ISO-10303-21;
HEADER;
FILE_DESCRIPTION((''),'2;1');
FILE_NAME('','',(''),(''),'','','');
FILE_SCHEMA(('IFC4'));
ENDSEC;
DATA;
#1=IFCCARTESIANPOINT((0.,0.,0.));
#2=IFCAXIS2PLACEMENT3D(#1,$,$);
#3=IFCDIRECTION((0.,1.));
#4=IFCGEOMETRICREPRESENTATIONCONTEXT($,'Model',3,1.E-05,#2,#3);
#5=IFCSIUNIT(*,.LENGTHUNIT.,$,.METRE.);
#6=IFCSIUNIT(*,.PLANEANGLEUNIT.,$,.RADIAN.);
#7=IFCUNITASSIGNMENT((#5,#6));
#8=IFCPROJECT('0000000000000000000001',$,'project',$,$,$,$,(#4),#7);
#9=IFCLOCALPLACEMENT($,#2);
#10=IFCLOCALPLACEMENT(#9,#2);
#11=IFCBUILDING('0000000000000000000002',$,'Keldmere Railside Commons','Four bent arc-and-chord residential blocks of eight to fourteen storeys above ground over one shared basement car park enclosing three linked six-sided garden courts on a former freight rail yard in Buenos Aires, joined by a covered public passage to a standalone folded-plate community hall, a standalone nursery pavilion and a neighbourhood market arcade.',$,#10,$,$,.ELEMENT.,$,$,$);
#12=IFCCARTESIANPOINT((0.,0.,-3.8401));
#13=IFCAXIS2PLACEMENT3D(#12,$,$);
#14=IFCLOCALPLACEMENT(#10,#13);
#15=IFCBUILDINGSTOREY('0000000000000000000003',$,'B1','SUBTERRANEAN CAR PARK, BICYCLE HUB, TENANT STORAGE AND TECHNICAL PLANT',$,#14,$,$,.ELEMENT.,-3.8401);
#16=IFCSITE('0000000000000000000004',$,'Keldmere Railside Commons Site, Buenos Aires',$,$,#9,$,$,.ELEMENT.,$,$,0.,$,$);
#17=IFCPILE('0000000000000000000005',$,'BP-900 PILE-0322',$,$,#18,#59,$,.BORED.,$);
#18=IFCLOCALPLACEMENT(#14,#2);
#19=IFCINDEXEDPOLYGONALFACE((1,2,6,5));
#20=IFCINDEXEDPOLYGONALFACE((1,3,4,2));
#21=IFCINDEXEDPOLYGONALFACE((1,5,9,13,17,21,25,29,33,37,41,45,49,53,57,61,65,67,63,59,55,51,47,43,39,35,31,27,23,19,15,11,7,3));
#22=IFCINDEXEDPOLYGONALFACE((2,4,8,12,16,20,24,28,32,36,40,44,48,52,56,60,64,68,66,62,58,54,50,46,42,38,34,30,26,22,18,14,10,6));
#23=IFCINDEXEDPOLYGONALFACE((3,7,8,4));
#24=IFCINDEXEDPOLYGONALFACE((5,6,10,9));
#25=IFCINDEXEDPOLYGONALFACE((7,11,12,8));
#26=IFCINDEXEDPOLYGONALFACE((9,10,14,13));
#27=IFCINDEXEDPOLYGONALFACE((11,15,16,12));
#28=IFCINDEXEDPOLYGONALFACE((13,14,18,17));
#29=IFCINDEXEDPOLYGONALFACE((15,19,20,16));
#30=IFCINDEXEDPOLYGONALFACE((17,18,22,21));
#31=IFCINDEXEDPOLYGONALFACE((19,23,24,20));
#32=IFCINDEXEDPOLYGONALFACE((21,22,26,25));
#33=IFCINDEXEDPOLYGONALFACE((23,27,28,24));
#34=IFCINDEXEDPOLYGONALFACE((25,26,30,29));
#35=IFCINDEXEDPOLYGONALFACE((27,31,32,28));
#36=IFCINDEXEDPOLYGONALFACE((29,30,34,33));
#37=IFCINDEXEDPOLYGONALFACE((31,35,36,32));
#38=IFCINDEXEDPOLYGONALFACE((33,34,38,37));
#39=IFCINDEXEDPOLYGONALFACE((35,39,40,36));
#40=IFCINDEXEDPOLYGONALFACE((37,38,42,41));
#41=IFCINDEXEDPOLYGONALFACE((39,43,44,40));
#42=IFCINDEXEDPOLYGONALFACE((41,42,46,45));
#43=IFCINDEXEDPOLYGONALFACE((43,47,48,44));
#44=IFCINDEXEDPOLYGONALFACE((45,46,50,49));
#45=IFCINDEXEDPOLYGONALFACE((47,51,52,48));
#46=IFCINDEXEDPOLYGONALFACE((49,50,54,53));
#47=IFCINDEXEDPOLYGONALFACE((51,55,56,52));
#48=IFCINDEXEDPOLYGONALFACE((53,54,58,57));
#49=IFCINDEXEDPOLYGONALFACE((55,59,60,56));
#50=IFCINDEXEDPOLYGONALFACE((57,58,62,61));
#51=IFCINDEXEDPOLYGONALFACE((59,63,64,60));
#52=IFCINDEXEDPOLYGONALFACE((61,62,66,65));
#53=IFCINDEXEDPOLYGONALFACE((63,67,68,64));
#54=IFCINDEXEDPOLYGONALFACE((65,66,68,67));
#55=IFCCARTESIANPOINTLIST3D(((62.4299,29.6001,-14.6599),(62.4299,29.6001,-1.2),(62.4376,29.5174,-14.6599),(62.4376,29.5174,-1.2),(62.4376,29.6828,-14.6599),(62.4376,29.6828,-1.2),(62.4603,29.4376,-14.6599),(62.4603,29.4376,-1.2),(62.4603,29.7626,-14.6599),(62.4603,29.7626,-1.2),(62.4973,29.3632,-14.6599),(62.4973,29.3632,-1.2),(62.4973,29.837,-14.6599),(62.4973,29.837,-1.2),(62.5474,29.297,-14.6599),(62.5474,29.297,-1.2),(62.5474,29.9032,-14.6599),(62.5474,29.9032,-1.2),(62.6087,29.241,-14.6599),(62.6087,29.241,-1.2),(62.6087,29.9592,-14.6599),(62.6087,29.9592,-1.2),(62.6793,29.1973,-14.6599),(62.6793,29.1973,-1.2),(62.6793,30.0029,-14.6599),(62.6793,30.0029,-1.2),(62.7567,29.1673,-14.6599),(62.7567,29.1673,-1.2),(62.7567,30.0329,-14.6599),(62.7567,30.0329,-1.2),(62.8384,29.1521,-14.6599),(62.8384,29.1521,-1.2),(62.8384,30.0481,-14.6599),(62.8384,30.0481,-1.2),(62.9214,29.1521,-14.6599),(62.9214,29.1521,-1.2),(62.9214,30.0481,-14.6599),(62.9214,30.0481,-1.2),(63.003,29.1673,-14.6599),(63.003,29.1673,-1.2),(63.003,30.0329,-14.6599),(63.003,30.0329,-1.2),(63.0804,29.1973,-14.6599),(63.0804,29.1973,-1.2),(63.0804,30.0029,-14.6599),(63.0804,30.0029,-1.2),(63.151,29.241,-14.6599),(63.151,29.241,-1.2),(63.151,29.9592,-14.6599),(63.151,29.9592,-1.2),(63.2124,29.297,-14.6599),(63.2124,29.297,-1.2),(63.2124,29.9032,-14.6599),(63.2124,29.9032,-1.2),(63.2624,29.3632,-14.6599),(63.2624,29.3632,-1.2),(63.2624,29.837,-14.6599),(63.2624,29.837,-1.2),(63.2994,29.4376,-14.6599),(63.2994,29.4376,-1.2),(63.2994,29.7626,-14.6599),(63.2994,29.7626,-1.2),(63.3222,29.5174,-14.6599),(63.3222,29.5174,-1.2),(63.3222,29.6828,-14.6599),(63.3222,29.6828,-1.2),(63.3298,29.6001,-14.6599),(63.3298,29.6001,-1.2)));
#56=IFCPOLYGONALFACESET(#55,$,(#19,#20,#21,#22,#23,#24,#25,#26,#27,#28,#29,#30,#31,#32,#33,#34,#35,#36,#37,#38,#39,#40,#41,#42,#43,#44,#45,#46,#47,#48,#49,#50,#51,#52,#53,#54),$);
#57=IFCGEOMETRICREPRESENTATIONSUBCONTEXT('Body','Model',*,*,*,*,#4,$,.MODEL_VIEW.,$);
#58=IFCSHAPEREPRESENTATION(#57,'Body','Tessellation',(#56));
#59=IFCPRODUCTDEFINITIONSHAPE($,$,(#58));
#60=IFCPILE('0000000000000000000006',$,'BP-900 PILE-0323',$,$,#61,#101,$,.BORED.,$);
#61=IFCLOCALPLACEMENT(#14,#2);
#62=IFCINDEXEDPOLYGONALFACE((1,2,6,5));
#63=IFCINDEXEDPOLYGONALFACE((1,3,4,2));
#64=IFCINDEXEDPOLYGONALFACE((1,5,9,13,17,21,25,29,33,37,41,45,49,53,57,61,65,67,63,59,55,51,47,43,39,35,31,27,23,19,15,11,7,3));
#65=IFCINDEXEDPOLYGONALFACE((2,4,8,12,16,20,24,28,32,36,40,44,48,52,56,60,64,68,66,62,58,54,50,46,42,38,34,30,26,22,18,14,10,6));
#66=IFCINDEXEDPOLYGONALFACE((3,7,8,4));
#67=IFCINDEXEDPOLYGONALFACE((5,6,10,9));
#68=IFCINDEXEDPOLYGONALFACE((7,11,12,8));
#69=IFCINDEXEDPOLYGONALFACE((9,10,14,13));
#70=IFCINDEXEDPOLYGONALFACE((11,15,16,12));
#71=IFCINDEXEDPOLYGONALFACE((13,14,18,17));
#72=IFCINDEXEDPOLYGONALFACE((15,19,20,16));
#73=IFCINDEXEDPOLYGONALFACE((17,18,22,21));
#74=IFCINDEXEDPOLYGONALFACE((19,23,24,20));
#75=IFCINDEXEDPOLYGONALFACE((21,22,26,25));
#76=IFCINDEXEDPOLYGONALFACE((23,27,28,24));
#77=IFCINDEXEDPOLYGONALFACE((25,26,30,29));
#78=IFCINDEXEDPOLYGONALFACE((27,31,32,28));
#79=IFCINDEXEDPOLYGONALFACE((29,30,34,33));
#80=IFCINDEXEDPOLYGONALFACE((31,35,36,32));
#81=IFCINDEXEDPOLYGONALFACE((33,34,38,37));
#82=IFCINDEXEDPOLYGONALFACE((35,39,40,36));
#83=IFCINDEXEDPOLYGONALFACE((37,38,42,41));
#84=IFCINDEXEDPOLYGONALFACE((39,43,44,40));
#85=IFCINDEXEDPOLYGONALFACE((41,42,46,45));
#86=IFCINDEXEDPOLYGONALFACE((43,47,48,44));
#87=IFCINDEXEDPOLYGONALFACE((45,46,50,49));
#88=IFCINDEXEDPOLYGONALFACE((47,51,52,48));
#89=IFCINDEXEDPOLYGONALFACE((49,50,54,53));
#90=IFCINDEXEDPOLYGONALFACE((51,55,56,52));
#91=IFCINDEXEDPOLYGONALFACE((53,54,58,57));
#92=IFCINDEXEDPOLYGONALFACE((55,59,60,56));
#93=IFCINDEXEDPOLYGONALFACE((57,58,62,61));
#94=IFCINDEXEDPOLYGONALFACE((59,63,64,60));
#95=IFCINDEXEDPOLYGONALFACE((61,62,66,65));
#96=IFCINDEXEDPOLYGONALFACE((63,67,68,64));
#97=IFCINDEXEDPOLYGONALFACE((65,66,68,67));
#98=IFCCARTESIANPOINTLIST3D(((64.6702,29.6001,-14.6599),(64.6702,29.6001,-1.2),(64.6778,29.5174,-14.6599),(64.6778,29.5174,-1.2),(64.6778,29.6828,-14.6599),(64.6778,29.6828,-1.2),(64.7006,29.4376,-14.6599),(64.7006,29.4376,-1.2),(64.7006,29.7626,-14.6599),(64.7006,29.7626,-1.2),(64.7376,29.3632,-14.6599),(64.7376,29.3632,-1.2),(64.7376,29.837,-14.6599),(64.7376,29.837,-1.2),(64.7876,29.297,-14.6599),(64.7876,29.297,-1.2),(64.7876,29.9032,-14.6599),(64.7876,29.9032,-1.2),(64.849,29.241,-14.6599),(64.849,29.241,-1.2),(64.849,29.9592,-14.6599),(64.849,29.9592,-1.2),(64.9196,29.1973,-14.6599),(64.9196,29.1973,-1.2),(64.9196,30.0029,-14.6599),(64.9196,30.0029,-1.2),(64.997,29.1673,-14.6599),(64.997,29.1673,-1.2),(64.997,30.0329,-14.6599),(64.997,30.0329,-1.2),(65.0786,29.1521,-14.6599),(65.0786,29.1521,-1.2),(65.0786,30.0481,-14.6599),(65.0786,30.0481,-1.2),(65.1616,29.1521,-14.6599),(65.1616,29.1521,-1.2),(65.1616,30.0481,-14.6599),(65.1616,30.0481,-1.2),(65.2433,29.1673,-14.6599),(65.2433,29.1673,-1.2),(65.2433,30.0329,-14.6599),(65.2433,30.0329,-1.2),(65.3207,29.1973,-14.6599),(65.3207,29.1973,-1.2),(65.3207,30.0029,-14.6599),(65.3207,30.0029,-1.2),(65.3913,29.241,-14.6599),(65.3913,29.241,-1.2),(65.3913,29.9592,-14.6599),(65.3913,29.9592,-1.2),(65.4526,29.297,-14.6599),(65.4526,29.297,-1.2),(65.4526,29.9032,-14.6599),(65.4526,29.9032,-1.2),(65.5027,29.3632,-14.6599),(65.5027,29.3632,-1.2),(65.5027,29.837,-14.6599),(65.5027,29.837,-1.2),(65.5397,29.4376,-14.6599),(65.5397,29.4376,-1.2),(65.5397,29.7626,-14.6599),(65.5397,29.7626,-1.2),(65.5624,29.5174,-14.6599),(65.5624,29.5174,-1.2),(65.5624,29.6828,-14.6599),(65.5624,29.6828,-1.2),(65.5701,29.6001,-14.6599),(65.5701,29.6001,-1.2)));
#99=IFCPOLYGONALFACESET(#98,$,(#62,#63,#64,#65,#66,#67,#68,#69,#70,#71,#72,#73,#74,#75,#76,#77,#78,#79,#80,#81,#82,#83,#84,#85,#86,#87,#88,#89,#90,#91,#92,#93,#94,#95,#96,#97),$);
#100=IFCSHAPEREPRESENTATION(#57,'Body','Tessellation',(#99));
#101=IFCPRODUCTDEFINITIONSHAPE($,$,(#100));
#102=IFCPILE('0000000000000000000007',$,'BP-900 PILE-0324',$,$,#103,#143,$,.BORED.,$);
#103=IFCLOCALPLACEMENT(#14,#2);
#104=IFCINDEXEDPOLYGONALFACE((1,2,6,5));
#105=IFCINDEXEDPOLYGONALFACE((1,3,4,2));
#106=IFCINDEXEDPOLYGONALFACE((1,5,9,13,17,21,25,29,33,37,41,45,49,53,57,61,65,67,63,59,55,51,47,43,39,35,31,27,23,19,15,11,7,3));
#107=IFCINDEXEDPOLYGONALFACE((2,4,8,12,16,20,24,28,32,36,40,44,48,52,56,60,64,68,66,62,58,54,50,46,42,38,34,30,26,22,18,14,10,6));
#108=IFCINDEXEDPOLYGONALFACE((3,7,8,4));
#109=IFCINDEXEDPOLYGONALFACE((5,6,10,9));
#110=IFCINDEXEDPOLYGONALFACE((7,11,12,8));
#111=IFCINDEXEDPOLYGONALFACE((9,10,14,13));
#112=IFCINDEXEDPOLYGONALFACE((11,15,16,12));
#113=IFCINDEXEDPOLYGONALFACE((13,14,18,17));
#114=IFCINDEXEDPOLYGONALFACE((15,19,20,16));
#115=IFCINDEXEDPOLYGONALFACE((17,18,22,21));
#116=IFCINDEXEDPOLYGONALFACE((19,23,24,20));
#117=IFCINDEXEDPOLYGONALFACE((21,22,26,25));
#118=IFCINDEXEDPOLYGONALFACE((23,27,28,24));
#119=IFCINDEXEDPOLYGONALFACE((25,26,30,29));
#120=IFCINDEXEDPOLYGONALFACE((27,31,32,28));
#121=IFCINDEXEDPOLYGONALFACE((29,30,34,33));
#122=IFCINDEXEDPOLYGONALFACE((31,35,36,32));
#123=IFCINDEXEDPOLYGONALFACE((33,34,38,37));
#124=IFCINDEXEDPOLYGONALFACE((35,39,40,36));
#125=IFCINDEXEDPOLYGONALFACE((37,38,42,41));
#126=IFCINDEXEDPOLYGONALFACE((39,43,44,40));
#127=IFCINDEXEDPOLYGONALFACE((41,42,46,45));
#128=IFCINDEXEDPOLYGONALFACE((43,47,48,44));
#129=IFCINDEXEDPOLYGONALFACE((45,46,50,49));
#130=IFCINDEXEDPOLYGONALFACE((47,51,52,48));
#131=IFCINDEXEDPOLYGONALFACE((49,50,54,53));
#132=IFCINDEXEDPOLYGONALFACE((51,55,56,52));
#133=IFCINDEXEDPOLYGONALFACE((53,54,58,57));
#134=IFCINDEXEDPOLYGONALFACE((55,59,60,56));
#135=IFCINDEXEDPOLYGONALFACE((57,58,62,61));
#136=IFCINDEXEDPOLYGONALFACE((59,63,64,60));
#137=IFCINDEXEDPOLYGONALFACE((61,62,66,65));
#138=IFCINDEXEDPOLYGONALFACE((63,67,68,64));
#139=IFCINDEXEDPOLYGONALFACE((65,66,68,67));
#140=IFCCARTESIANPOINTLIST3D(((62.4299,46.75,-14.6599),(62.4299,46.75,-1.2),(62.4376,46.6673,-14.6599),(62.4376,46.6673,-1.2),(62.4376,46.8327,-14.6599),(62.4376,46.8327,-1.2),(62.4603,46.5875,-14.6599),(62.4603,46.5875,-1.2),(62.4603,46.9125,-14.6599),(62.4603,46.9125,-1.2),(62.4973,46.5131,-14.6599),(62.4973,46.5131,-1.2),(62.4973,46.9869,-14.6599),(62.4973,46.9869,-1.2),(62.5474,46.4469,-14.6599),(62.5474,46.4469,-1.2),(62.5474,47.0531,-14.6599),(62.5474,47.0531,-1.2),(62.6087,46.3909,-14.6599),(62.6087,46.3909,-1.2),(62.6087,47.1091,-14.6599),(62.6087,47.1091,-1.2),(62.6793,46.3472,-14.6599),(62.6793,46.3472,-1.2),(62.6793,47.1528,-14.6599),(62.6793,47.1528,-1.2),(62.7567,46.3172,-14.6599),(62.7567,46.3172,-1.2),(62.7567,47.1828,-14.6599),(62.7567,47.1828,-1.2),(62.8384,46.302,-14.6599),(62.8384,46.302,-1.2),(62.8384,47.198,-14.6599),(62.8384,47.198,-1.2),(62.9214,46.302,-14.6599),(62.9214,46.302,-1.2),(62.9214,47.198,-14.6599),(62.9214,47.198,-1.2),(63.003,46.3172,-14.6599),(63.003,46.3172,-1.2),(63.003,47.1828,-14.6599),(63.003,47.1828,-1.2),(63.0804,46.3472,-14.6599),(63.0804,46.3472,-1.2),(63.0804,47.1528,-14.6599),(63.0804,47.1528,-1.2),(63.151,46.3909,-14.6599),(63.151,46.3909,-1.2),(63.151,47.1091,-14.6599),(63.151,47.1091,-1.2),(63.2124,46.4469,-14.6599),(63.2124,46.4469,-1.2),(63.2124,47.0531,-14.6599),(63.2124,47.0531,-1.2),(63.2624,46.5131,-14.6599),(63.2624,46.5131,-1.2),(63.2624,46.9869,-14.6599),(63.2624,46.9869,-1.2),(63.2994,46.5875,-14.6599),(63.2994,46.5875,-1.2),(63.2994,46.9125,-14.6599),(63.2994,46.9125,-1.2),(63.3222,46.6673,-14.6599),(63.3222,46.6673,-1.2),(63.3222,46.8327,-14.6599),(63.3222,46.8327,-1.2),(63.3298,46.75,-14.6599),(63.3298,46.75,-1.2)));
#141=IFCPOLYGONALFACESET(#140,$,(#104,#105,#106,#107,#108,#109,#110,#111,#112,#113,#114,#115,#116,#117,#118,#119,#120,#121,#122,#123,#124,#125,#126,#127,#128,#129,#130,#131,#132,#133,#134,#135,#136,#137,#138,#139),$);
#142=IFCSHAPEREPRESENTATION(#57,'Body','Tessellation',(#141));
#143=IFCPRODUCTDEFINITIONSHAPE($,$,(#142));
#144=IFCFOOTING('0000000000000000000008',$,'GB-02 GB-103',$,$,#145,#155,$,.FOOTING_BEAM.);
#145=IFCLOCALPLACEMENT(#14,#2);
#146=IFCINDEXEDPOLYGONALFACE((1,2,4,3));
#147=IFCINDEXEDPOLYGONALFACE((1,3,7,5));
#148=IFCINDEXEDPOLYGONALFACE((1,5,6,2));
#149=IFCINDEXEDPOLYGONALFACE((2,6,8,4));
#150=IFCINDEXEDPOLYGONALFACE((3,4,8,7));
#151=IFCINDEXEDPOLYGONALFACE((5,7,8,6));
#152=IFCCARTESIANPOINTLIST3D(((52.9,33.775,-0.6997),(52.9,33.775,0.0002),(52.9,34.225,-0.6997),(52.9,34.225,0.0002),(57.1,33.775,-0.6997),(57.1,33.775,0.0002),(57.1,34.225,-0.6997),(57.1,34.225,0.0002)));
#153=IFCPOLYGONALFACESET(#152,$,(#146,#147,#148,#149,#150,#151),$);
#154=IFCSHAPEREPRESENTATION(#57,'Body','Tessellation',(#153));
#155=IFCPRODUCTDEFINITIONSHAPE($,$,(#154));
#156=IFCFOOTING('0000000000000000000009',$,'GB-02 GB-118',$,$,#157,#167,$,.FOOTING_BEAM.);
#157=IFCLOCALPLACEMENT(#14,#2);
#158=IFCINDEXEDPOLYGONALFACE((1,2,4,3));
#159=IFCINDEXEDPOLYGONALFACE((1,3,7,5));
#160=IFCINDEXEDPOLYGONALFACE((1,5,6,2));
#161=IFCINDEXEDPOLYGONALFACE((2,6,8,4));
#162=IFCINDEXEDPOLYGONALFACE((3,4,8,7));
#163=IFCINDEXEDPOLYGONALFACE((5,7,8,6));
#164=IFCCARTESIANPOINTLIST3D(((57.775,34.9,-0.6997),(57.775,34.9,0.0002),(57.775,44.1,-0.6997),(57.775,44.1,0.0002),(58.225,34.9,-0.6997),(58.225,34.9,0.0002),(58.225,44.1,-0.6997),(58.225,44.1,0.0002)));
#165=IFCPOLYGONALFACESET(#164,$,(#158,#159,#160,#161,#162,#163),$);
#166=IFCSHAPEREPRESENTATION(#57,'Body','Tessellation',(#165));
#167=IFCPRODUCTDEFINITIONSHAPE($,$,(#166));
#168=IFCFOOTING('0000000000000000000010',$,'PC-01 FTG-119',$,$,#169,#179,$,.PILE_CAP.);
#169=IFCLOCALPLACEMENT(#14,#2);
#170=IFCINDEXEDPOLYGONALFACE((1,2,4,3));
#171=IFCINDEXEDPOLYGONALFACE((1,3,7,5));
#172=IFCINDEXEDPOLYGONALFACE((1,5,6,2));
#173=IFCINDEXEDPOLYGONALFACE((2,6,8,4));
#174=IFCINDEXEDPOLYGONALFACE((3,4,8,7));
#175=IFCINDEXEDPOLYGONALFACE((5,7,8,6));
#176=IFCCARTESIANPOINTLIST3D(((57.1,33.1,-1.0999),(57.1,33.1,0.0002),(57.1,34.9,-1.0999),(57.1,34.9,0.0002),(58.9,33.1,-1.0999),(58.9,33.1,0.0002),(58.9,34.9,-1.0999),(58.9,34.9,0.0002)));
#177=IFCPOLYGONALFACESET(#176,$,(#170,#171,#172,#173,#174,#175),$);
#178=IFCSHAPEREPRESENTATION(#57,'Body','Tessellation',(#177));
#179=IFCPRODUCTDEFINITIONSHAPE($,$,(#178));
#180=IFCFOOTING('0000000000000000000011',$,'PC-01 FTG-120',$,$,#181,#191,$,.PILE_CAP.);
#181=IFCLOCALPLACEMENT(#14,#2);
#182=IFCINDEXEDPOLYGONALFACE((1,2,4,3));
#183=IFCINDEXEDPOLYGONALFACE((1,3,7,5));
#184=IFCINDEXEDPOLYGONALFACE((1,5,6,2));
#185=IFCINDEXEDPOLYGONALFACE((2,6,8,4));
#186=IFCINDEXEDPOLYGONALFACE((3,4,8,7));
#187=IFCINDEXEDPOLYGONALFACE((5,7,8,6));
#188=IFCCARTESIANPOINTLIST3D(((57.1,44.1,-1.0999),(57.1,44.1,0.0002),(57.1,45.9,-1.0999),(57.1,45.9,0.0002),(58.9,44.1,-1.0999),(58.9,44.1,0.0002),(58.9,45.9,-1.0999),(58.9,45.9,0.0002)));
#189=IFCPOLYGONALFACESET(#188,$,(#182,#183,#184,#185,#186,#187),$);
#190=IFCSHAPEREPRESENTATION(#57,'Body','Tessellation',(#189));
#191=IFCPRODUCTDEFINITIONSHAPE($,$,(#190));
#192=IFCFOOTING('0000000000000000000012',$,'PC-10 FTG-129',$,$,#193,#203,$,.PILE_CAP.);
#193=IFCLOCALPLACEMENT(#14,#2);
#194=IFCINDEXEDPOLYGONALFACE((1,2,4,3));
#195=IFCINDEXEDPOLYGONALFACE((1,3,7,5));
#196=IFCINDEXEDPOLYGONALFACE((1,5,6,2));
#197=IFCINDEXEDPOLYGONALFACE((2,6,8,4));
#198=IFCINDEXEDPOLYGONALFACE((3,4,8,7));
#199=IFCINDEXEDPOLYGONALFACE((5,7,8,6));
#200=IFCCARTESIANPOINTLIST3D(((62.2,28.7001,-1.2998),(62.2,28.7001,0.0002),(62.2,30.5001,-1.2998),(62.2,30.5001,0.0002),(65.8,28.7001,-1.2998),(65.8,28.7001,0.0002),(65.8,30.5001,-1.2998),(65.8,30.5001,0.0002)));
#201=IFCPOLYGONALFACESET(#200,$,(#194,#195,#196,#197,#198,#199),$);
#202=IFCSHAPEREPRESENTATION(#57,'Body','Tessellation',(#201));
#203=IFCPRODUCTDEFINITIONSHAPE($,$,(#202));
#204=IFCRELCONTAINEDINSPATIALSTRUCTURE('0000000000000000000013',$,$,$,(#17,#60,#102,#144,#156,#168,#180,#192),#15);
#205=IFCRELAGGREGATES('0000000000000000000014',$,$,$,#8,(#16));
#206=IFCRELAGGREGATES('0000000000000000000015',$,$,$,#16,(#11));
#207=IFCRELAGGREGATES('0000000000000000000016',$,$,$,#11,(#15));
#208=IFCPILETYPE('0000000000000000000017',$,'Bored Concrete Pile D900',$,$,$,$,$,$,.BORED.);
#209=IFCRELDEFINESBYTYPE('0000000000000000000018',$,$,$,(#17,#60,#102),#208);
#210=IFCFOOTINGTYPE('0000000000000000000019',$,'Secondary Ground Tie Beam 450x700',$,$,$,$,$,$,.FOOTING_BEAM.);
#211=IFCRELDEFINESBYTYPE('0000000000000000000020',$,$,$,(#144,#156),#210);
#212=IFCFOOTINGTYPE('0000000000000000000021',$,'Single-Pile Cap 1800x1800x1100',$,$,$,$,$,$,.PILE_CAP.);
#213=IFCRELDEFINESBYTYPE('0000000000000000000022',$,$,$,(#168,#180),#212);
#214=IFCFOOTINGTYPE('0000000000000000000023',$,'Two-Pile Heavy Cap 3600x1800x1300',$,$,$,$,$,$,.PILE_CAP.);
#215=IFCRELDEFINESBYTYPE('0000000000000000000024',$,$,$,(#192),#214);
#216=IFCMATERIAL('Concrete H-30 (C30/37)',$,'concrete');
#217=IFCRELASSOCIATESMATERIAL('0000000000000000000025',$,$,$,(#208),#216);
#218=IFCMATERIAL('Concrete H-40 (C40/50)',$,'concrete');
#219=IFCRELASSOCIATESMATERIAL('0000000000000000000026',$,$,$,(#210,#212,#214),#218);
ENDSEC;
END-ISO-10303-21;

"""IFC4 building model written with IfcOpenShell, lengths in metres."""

from ifc_helpers import new_model, si_unit, direction, frame, origin, origin_2d, place, context, subcontext, project, spatial, rectangle, circle, extrude, material, material_profile, profile_set, type_object, element, save


model = new_model("IFC4")

# Units and contexts
model_context = context("Model", 3, precision=1e-05, world=origin(), true_north=direction((0.0, 1.0)))
body_context = subcontext(model_context, "Body", "Model", "MODEL_VIEW")
ifc_project = project(units=[si_unit("LENGTHUNIT", "METRE"), si_unit("PLANEANGLEUNIT", "RADIAN")], contexts=[model_context])

# Site, building, storey
site_placement = place(None, origin())
site = spatial("IfcSite", under=ifc_project, at=site_placement, Name="Keldmere Railside Commons Site, Buenos Aires", CompositionType="ELEMENT", RefElevation=0.0)
building_placement = place(site_placement, origin())
building = spatial("IfcBuilding", under=site, at=building_placement, Name="Keldmere Railside Commons", Description="Four bent arc-and-chord residential blocks of eight to fourteen storeys above ground over one shared basement car park enclosing three linked six-sided garden courts on a former freight rail yard in Buenos Aires, joined by a covered public passage to a standalone folded-plate community hall, a standalone nursery pavilion and a neighbourhood market arcade.", CompositionType="ELEMENT")
storey_placement = place(building_placement, frame((0.0, 0.0, -3.8401)))
storey = spatial("IfcBuildingStorey", under=building, at=storey_placement, Name="B1", Description="SUBTERRANEAN CAR PARK, BICYCLE HUB, TENANT STORAGE AND TECHNICAL PLANT", CompositionType="ELEMENT", Elevation=-3.8401)

# Piles
ifc_material_1 = material(Name="Concrete H-30 (C30/37)", Category="concrete")
ifc_material_profile_1 = material_profile(ifc_material_1, circle(Radius=0.45, at=origin_2d()), Name="PILE-D900")
ifc_profile_set_1 = profile_set([ifc_material_profile_1], Name="Concrete H-30 (C30/37)")
pile_type_1 = type_object("IfcPileType", Name="Bored Concrete Pile D900", PredefinedType="BORED", material=ifc_profile_set_1)
for number, where, z_axis, x_axis, name in (
    (1, (62.8799, 29.6001, -1.2), (0.0, 0.0, -1.0), (1.0, 0.0, 0.0), "BP-900 PILE-0322"),
    (2, (65.1201, 29.6001, -1.2), (0.0, 0.0, -1.0), (1.0, 0.0, 0.0), "BP-900 PILE-0323"),
    (3, (62.8799, 46.75, -1.2), (0.0, 0.0, -1.0), (1.0, 0.0, 0.0), "BP-900 PILE-0324"),
):
    element("IfcPile", number, at=place(storey_placement, frame(where, z_axis=z_axis, x_axis=x_axis)), inside=storey, type_object=pile_type_1, Name=name, PredefinedType="BORED", context=body_context, shape_type="SweptSolid", body=[
        extrude(circle(Radius=0.45, at=origin_2d()), origin(), (0.0, 0.0, 1.0), 13.46),
    ])

# Footings
ifc_material_2 = material(Name="Concrete H-40 (C40/50)", Category="concrete")
footing_type_1 = type_object("IfcFootingType", Name="Secondary Ground Tie Beam 450x700", PredefinedType="FOOTING_BEAM", material=ifc_material_2)
footing_1_placement = place(storey_placement, frame((55.0, 34.0, -0.6997), z_axis=(0.0, 0.0, 1.0), x_axis=(1.0, 0.0, 0.0)))
element("IfcFooting", 4, at=footing_1_placement, inside=storey, type_object=footing_type_1, Name="GB-02 GB-103", PredefinedType="FOOTING_BEAM", context=body_context, shape_type="SweptSolid", body=[
    extrude(rectangle(XDim=4.2, YDim=0.45, at=origin_2d()), origin(), (0.0, 0.0, 1.0), 0.7),
])
footing_2_placement = place(storey_placement, frame((58.0, 39.5, -0.6997), z_axis=(0.0, 0.0, 1.0), x_axis=(0.0, 1.0, 0.0)))
element("IfcFooting", 5, at=footing_2_placement, inside=storey, type_object=footing_type_1, Name="GB-02 GB-118", PredefinedType="FOOTING_BEAM", context=body_context, shape_type="SweptSolid", body=[
    extrude(rectangle(XDim=9.2, YDim=0.45, at=origin_2d()), origin(), (0.0, 0.0, 1.0), 0.7),
])
footing_type_2 = type_object("IfcFootingType", Name="Single-Pile Cap 1800x1800x1100", PredefinedType="PILE_CAP", material=ifc_material_2)
for number, where, z_axis, x_axis, name in (
    (6, (58.0, 34.0, -1.0999), (0.0, 0.0, 1.0), (1.0, 0.0, 0.0), "PC-01 FTG-119"),
    (7, (58.0, 45.0, -1.0999), (0.0, 0.0, 1.0), (1.0, 0.0, 0.0), "PC-01 FTG-120"),
):
    element("IfcFooting", number, at=place(storey_placement, frame(where, z_axis=z_axis, x_axis=x_axis)), inside=storey, type_object=footing_type_2, Name=name, PredefinedType="PILE_CAP", context=body_context, shape_type="SweptSolid", body=[
        extrude(rectangle(XDim=1.8, YDim=1.8, at=origin_2d()), origin(), (0.0, 0.0, 1.0), 1.1001),
    ])
footing_type_3 = type_object("IfcFootingType", Name="Two-Pile Heavy Cap 3600x1800x1300", PredefinedType="PILE_CAP", material=ifc_material_2)
footing_3_placement = place(storey_placement, frame((64.0, 29.6001, -1.2998), z_axis=(0.0, 0.0, 1.0), x_axis=(1.0, 0.0, 0.0)))
element("IfcFooting", 8, at=footing_3_placement, inside=storey, type_object=footing_type_3, Name="PC-10 FTG-129", PredefinedType="PILE_CAP", context=body_context, shape_type="SweptSolid", body=[
    extrude(rectangle(XDim=3.6001, YDim=1.8, at=origin_2d()), origin(), (0.0, 0.0, 1.0), 1.3),
])

save(model, "model.ifc")
